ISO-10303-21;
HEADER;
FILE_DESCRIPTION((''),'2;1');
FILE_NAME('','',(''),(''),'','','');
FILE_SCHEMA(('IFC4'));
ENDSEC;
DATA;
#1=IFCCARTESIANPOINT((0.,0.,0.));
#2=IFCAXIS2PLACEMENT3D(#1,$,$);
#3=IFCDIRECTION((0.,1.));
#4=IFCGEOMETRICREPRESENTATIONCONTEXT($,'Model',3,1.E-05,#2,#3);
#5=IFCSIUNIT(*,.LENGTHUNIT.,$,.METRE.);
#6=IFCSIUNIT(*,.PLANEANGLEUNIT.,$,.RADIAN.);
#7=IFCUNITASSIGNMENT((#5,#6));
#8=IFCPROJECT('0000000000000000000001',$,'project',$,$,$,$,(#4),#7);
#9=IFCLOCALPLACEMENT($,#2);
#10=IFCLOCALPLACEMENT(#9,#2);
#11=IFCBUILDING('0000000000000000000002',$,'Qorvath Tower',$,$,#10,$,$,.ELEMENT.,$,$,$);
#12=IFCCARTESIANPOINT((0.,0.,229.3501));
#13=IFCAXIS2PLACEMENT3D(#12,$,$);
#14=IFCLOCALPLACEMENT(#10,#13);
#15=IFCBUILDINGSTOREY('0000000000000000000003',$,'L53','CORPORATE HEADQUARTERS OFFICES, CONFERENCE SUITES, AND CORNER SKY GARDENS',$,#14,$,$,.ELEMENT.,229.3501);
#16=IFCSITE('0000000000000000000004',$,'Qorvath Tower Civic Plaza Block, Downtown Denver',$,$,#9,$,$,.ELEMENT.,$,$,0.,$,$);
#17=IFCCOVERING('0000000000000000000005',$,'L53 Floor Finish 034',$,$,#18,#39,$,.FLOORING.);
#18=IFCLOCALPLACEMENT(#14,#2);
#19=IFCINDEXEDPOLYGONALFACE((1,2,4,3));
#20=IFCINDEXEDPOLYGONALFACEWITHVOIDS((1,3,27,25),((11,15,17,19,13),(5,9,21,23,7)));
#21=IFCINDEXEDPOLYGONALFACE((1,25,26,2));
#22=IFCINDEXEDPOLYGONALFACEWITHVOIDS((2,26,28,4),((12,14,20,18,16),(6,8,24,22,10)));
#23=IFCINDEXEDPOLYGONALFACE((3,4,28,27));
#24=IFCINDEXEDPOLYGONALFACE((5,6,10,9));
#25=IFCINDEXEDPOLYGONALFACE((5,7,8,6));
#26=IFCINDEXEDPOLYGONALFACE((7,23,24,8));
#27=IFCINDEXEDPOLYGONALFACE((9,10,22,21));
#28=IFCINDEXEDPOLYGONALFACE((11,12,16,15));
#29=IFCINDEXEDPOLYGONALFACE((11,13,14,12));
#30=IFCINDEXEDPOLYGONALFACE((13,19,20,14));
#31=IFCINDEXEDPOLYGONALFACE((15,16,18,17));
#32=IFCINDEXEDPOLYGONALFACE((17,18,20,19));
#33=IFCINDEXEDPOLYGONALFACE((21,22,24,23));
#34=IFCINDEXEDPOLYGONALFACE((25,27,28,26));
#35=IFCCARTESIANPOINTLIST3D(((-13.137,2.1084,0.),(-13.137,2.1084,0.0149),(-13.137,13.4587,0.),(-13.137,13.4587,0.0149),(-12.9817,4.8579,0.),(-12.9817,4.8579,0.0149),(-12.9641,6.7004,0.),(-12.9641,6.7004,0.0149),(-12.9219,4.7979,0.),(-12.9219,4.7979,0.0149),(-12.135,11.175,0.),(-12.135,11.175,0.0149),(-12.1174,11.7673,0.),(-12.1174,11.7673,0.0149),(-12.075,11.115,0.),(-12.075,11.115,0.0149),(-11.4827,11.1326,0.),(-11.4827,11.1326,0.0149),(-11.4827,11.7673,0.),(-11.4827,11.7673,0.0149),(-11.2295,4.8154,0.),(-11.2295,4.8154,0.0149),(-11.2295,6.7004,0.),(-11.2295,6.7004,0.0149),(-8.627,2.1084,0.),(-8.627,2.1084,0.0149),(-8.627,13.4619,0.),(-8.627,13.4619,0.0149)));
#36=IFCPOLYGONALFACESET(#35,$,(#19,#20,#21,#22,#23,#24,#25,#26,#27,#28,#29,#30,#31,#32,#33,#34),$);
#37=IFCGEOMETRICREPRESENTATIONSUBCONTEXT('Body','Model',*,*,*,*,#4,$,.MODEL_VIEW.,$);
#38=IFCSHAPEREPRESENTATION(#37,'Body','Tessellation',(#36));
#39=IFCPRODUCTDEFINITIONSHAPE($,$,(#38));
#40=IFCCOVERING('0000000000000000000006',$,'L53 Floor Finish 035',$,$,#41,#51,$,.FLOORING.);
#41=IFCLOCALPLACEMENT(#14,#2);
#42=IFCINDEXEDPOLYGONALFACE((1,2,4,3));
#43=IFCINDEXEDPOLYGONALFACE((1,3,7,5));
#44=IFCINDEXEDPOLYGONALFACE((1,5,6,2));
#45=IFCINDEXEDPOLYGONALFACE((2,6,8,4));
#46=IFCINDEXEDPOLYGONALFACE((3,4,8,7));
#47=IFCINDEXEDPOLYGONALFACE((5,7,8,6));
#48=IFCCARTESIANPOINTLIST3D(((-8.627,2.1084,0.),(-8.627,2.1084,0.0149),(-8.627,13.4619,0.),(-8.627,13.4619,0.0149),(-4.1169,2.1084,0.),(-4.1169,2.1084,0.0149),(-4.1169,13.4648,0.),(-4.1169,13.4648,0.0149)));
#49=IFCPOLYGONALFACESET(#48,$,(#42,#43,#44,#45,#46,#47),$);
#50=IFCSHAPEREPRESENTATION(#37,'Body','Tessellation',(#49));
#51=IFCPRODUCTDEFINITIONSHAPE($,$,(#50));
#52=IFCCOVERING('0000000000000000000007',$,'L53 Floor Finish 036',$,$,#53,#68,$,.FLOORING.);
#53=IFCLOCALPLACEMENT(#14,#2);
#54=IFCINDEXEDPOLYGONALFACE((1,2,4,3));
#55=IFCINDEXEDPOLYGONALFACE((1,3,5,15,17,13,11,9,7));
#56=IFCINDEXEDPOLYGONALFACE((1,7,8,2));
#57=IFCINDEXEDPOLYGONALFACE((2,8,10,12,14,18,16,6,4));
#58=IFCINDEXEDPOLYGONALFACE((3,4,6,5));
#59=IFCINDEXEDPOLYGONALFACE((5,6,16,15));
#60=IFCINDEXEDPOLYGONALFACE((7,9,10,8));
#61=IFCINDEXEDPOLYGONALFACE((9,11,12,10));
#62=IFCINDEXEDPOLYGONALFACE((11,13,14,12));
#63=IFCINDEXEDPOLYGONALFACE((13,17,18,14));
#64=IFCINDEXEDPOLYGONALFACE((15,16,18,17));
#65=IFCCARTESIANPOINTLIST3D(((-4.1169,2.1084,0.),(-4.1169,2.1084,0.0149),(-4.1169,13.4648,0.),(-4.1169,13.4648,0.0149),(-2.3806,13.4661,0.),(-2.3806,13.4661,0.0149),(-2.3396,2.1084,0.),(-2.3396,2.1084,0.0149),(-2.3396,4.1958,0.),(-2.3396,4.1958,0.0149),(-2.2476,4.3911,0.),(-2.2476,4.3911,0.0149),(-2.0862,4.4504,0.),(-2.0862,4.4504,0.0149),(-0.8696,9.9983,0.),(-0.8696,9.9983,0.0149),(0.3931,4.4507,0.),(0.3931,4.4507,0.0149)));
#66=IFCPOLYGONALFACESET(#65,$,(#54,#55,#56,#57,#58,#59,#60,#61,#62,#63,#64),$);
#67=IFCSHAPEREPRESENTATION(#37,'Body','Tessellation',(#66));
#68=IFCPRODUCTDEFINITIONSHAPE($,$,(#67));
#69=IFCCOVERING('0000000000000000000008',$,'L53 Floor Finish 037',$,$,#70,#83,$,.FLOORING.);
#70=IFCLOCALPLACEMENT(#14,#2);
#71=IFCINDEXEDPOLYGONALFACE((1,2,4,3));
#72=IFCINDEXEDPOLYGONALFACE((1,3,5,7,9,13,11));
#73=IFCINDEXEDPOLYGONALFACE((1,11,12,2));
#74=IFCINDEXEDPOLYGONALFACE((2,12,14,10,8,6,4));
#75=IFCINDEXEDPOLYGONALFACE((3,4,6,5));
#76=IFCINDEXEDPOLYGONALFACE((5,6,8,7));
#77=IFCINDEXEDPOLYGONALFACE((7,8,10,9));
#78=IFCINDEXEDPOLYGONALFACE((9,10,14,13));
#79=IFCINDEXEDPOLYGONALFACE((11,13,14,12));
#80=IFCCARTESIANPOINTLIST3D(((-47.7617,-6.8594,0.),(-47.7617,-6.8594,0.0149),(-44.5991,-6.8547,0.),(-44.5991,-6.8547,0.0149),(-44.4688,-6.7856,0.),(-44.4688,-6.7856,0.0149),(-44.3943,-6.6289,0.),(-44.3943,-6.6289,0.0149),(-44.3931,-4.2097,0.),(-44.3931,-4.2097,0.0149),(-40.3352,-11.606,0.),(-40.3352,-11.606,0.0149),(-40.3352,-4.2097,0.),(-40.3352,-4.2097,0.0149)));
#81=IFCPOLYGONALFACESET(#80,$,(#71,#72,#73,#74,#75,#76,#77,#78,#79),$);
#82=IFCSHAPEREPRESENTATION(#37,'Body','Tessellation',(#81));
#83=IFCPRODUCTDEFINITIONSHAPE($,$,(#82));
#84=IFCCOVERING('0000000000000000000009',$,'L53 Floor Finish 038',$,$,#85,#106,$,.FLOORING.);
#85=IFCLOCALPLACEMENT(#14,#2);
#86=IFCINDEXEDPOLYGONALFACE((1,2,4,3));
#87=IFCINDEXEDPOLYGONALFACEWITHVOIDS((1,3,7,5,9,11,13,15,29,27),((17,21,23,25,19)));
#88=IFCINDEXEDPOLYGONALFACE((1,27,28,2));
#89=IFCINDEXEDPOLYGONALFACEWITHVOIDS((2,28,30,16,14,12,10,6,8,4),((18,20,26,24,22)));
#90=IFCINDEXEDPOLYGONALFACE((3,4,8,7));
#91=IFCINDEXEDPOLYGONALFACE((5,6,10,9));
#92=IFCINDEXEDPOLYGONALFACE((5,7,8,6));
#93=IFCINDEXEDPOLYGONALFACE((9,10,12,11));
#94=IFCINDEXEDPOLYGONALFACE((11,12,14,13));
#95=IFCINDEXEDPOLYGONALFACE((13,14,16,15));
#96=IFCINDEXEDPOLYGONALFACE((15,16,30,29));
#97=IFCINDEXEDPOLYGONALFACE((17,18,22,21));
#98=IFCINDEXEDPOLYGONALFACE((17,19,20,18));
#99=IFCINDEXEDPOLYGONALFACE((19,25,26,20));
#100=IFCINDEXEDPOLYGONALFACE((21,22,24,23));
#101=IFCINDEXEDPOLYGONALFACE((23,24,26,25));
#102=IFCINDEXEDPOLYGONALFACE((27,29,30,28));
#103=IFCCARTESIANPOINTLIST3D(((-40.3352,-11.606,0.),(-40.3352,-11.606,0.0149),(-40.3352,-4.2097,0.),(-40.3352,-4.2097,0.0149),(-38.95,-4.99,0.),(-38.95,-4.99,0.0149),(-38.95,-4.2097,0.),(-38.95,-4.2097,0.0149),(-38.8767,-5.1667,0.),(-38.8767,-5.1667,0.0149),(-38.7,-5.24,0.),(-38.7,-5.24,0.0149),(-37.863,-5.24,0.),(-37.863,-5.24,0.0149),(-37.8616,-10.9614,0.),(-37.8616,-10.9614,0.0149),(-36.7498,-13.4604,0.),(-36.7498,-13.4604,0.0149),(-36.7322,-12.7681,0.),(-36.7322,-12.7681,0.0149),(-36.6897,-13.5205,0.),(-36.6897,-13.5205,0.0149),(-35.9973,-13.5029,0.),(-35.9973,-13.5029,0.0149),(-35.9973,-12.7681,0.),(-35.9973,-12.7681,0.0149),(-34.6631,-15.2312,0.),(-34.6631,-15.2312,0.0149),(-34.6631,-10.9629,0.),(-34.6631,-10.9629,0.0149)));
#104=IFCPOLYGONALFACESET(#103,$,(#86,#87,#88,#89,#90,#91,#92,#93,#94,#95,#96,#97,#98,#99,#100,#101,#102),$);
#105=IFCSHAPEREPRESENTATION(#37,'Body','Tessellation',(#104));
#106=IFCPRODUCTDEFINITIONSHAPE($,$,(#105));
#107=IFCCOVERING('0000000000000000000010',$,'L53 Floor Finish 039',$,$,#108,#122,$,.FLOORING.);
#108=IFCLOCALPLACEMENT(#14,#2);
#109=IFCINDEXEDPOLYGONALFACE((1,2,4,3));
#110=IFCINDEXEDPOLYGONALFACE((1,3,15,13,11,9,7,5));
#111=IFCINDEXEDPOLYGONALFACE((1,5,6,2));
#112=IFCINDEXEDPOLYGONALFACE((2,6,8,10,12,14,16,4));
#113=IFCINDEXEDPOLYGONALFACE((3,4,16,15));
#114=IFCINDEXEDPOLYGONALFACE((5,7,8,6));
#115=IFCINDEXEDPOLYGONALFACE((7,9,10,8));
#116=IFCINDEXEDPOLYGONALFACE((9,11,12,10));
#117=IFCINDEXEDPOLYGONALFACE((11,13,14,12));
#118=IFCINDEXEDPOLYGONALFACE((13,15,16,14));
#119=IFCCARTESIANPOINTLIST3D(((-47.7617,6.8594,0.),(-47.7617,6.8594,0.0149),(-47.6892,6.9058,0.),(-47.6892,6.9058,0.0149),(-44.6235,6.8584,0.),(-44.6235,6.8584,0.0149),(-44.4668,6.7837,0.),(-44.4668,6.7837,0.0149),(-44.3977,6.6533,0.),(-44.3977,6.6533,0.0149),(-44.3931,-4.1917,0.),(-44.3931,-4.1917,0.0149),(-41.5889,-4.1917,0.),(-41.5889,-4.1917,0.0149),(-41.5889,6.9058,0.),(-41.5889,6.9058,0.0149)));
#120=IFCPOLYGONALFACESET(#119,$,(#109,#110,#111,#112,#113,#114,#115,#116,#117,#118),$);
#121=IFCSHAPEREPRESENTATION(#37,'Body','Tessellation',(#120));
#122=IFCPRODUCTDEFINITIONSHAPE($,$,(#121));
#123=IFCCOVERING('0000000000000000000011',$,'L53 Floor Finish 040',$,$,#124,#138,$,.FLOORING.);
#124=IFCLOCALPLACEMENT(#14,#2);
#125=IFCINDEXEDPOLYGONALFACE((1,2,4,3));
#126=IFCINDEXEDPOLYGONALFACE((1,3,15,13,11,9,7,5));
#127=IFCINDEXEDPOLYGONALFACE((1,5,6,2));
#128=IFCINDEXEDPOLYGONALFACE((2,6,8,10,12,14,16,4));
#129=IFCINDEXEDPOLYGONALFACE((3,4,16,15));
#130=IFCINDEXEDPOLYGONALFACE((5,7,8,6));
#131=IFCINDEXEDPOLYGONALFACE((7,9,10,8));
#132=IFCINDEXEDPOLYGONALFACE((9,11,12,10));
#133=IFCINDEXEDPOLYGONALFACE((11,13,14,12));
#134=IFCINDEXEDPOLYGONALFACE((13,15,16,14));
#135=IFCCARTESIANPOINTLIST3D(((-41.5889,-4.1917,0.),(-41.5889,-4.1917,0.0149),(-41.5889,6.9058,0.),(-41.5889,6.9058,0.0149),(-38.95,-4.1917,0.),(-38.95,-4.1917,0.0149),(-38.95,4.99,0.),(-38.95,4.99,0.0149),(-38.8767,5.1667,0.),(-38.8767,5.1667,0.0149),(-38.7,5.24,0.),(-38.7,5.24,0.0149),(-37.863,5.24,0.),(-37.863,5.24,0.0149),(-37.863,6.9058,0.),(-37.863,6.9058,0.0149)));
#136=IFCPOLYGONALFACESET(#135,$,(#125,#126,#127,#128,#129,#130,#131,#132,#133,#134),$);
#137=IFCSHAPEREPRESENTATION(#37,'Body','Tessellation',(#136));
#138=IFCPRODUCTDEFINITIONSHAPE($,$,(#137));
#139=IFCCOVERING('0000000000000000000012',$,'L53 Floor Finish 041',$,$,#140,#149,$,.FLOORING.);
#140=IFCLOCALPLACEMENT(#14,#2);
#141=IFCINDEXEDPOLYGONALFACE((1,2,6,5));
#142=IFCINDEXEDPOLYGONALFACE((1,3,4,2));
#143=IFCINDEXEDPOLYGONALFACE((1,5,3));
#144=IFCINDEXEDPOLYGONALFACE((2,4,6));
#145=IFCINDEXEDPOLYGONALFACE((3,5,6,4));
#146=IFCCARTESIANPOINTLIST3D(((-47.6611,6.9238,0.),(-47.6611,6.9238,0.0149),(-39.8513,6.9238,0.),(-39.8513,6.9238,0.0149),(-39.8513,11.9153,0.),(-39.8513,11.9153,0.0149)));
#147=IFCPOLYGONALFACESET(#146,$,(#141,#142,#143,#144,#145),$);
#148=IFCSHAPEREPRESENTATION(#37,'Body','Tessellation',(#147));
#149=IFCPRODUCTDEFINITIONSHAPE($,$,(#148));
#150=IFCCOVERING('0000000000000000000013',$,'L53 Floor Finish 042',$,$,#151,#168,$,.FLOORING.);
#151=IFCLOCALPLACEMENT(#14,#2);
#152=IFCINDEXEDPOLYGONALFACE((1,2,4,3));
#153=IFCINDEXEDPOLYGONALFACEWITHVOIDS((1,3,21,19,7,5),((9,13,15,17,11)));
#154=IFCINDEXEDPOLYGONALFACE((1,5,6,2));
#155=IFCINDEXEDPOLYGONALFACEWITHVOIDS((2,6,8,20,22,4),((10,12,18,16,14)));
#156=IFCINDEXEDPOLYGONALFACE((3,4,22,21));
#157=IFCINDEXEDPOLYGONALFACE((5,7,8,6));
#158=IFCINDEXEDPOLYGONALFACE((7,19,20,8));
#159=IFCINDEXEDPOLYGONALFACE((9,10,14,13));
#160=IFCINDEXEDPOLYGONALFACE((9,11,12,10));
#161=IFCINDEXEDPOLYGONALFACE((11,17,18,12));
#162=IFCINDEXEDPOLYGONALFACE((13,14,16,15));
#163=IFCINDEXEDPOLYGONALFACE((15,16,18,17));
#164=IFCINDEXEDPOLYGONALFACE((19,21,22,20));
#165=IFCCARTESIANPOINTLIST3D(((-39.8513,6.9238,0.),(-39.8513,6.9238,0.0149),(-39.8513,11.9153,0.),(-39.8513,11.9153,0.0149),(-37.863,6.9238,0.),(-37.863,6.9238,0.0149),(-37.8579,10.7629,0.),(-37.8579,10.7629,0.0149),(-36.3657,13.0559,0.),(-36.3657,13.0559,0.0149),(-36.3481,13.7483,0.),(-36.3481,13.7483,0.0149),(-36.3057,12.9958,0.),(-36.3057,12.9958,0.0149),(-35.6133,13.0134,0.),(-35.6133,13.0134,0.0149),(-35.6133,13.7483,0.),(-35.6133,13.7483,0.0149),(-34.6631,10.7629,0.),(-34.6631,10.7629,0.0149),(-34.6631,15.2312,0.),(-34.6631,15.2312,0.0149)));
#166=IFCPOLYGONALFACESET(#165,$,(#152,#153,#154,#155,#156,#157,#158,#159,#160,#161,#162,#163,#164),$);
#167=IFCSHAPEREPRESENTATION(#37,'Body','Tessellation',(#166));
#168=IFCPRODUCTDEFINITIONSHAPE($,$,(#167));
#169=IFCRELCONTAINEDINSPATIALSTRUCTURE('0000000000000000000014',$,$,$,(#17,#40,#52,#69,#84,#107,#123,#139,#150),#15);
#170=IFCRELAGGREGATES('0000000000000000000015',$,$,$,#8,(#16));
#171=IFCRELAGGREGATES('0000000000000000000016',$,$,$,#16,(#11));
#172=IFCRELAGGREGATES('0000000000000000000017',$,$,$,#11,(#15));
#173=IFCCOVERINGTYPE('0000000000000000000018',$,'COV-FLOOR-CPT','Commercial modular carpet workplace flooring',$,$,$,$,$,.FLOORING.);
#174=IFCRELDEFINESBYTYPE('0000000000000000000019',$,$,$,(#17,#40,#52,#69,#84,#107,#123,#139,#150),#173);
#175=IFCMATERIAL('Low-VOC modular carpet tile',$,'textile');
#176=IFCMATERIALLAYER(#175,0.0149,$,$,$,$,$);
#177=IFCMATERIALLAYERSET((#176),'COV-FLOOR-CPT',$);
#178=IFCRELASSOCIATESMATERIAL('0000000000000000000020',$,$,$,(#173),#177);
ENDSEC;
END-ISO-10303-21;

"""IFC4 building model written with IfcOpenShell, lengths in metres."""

from ifc_helpers import new_model, si_unit, direction, frame, origin, place, context, subcontext, project, spatial, polyline, outline, extrude, material, layer, layer_set, type_object, element, save


model = new_model("IFC4")

# Units and contexts
model_context = context("Model", 3, precision=1e-05, world=origin(), true_north=direction((0.0, 1.0)))
body_context = subcontext(model_context, "Body", "Model", "MODEL_VIEW")
ifc_project = project(units=[si_unit("LENGTHUNIT", "METRE"), si_unit("PLANEANGLEUNIT", "RADIAN")], contexts=[model_context])

# Site, building, storey
site_placement = place(None, origin())
site = spatial("IfcSite", under=ifc_project, at=site_placement, Name="Qorvath Tower Civic Plaza Block, Downtown Denver", CompositionType="ELEMENT", RefElevation=0.0)
building_placement = place(site_placement, origin())
building = spatial("IfcBuilding", under=site, at=building_placement, Name="Qorvath Tower", CompositionType="ELEMENT")
storey_placement = place(building_placement, frame((0.0, 0.0, 229.3501)))
storey = spatial("IfcBuildingStorey", under=building, at=storey_placement, Name="L53", Description="CORPORATE HEADQUARTERS OFFICES, CONFERENCE SUITES, AND CORNER SKY GARDENS", CompositionType="ELEMENT", Elevation=229.3501)

# Coverings
ifc_material_1 = material(Name="Low-VOC modular carpet tile", Category="textile")
ifc_layer_1 = layer(ifc_material_1, 0.0149)
ifc_layer_set_1 = layer_set([ifc_layer_1], Name="COV-FLOOR-CPT")
covering_type_1 = type_object("IfcCoveringType", Name="COV-FLOOR-CPT", Description="Commercial modular carpet workplace flooring", PredefinedType="FLOORING", material=ifc_layer_set_1)
covering_1_placement = place(storey_placement, origin())
element("IfcCovering", 1, at=covering_1_placement, inside=storey, type_object=covering_type_1, Name="L53 Floor Finish 034", PredefinedType="FLOORING", context=body_context, shape_type="SweptSolid", body=[
    extrude(outline(polyline([(-8.627, 2.1084), (-8.627, 13.4619), (-13.137, 13.4587), (-13.137, 2.1084), (-8.627, 2.1084)]), holes=[polyline([(-12.9817, 4.8579), (-12.9641, 6.7004), (-11.2295, 6.7004), (-11.2295, 4.8154), (-12.9219, 4.7979), (-12.9817, 4.8579)]), polyline([(-12.135, 11.175), (-12.1174, 11.7673), (-11.4827, 11.7673), (-11.4827, 11.1326), (-12.075, 11.115), (-12.135, 11.175)])]), origin(), (0.0, 0.0, 1.0), 0.0149),
])
covering_2_placement = place(storey_placement, origin())
element("IfcCovering", 2, at=covering_2_placement, inside=storey, type_object=covering_type_1, Name="L53 Floor Finish 035", PredefinedType="FLOORING", context=body_context, shape_type="SweptSolid", body=[
    extrude(outline(polyline([(-4.1169, 2.1084), (-4.1169, 13.4648), (-8.627, 13.4619), (-8.627, 2.1084), (-4.1169, 2.1084)])), origin(), (0.0, 0.0, 1.0), 0.0149),
])
covering_3_placement = place(storey_placement, origin())
element("IfcCovering", 3, at=covering_3_placement, inside=storey, type_object=covering_type_1, Name="L53 Floor Finish 036", PredefinedType="FLOORING", context=body_context, shape_type="SweptSolid", body=[
    extrude(outline(polyline([(-2.0862, 4.4504), (0.3931, 4.4507), (-0.8696, 9.9983), (-2.3806, 13.4661), (-4.1169, 13.4648), (-4.1169, 2.1084), (-2.3396, 2.1084), (-2.3396, 4.1958), (-2.2476, 4.3911), (-2.0862, 4.4504)])), origin(), (0.0, 0.0, 1.0), 0.0149),
])
covering_4_placement = place(storey_placement, origin())
element("IfcCovering", 4, at=covering_4_placement, inside=storey, type_object=covering_type_1, Name="L53 Floor Finish 037", PredefinedType="FLOORING", context=body_context, shape_type="SweptSolid", body=[
    extrude(outline(polyline([(-44.4688, -6.7856), (-44.5991, -6.8547), (-47.7617, -6.8594), (-40.3352, -11.606), (-40.3352, -4.2097), (-44.3931, -4.2097), (-44.3943, -6.6289), (-44.4688, -6.7856)])), origin(), (0.0, 0.0, 1.0), 0.0149),
])
covering_5_placement = place(storey_placement, origin())
element("IfcCovering", 5, at=covering_5_placement, inside=storey, type_object=covering_type_1, Name="L53 Floor Finish 038", PredefinedType="FLOORING", context=body_context, shape_type="SweptSolid", body=[
    extrude(outline(polyline([(-40.3352, -4.2097), (-40.3352, -11.606), (-34.6631, -15.2312), (-34.6631, -10.9629), (-37.8616, -10.9614), (-37.863, -5.24), (-38.7, -5.24), (-38.8767, -5.1667), (-38.95, -4.99), (-38.95, -4.2097), (-40.3352, -4.2097)]), holes=[polyline([(-36.7498, -13.4604), (-36.7322, -12.7681), (-35.9973, -12.7681), (-35.9973, -13.5029), (-36.6897, -13.5205), (-36.7498, -13.4604)])]), origin(), (0.0, 0.0, 1.0), 0.0149),
])
covering_6_placement = place(storey_placement, origin())
element("IfcCovering", 6, at=covering_6_placement, inside=storey, type_object=covering_type_1, Name="L53 Floor Finish 039", PredefinedType="FLOORING", context=body_context, shape_type="SweptSolid", body=[
    extrude(outline(polyline([(-44.4668, 6.7837), (-44.3977, 6.6533), (-44.3931, -4.1917), (-41.5889, -4.1917), (-41.5889, 6.9058), (-47.6892, 6.9058), (-47.7617, 6.8594), (-44.6235, 6.8584), (-44.4668, 6.7837)])), origin(), (0.0, 0.0, 1.0), 0.0149),
])
covering_7_placement = place(storey_placement, origin())
element("IfcCovering", 7, at=covering_7_placement, inside=storey, type_object=covering_type_1, Name="L53 Floor Finish 040", PredefinedType="FLOORING", context=body_context, shape_type="SweptSolid", body=[
    extrude(outline(polyline([(-41.5889, 6.9058), (-41.5889, -4.1917), (-38.95, -4.1917), (-38.95, 4.99), (-38.8767, 5.1667), (-38.7, 5.24), (-37.863, 5.24), (-37.863, 6.9058), (-41.5889, 6.9058)])), origin(), (0.0, 0.0, 1.0), 0.0149),
])
covering_8_placement = place(storey_placement, origin())
element("IfcCovering", 8, at=covering_8_placement, inside=storey, type_object=covering_type_1, Name="L53 Floor Finish 041", PredefinedType="FLOORING", context=body_context, shape_type="SweptSolid", body=[
    extrude(outline(polyline([(-39.8513, 6.9238), (-39.8513, 11.9153), (-47.6611, 6.9238), (-39.8513, 6.9238)])), origin(), (0.0, 0.0, 1.0), 0.0149),
])
covering_9_placement = place(storey_placement, origin())
element("IfcCovering", 9, at=covering_9_placement, inside=storey, type_object=covering_type_1, Name="L53 Floor Finish 042", PredefinedType="FLOORING", context=body_context, shape_type="SweptSolid", body=[
    extrude(outline(polyline([(-37.8579, 10.7629), (-34.6631, 10.7629), (-34.6631, 15.2312), (-39.8513, 11.9153), (-39.8513, 6.9238), (-37.863, 6.9238), (-37.8579, 10.7629)]), holes=[polyline([(-36.3657, 13.0559), (-36.3481, 13.7483), (-35.6133, 13.7483), (-35.6133, 13.0134), (-36.3057, 12.9958), (-36.3657, 13.0559)])]), origin(), (0.0, 0.0, 1.0), 0.0149),
])

save(model, "model.ifc")
